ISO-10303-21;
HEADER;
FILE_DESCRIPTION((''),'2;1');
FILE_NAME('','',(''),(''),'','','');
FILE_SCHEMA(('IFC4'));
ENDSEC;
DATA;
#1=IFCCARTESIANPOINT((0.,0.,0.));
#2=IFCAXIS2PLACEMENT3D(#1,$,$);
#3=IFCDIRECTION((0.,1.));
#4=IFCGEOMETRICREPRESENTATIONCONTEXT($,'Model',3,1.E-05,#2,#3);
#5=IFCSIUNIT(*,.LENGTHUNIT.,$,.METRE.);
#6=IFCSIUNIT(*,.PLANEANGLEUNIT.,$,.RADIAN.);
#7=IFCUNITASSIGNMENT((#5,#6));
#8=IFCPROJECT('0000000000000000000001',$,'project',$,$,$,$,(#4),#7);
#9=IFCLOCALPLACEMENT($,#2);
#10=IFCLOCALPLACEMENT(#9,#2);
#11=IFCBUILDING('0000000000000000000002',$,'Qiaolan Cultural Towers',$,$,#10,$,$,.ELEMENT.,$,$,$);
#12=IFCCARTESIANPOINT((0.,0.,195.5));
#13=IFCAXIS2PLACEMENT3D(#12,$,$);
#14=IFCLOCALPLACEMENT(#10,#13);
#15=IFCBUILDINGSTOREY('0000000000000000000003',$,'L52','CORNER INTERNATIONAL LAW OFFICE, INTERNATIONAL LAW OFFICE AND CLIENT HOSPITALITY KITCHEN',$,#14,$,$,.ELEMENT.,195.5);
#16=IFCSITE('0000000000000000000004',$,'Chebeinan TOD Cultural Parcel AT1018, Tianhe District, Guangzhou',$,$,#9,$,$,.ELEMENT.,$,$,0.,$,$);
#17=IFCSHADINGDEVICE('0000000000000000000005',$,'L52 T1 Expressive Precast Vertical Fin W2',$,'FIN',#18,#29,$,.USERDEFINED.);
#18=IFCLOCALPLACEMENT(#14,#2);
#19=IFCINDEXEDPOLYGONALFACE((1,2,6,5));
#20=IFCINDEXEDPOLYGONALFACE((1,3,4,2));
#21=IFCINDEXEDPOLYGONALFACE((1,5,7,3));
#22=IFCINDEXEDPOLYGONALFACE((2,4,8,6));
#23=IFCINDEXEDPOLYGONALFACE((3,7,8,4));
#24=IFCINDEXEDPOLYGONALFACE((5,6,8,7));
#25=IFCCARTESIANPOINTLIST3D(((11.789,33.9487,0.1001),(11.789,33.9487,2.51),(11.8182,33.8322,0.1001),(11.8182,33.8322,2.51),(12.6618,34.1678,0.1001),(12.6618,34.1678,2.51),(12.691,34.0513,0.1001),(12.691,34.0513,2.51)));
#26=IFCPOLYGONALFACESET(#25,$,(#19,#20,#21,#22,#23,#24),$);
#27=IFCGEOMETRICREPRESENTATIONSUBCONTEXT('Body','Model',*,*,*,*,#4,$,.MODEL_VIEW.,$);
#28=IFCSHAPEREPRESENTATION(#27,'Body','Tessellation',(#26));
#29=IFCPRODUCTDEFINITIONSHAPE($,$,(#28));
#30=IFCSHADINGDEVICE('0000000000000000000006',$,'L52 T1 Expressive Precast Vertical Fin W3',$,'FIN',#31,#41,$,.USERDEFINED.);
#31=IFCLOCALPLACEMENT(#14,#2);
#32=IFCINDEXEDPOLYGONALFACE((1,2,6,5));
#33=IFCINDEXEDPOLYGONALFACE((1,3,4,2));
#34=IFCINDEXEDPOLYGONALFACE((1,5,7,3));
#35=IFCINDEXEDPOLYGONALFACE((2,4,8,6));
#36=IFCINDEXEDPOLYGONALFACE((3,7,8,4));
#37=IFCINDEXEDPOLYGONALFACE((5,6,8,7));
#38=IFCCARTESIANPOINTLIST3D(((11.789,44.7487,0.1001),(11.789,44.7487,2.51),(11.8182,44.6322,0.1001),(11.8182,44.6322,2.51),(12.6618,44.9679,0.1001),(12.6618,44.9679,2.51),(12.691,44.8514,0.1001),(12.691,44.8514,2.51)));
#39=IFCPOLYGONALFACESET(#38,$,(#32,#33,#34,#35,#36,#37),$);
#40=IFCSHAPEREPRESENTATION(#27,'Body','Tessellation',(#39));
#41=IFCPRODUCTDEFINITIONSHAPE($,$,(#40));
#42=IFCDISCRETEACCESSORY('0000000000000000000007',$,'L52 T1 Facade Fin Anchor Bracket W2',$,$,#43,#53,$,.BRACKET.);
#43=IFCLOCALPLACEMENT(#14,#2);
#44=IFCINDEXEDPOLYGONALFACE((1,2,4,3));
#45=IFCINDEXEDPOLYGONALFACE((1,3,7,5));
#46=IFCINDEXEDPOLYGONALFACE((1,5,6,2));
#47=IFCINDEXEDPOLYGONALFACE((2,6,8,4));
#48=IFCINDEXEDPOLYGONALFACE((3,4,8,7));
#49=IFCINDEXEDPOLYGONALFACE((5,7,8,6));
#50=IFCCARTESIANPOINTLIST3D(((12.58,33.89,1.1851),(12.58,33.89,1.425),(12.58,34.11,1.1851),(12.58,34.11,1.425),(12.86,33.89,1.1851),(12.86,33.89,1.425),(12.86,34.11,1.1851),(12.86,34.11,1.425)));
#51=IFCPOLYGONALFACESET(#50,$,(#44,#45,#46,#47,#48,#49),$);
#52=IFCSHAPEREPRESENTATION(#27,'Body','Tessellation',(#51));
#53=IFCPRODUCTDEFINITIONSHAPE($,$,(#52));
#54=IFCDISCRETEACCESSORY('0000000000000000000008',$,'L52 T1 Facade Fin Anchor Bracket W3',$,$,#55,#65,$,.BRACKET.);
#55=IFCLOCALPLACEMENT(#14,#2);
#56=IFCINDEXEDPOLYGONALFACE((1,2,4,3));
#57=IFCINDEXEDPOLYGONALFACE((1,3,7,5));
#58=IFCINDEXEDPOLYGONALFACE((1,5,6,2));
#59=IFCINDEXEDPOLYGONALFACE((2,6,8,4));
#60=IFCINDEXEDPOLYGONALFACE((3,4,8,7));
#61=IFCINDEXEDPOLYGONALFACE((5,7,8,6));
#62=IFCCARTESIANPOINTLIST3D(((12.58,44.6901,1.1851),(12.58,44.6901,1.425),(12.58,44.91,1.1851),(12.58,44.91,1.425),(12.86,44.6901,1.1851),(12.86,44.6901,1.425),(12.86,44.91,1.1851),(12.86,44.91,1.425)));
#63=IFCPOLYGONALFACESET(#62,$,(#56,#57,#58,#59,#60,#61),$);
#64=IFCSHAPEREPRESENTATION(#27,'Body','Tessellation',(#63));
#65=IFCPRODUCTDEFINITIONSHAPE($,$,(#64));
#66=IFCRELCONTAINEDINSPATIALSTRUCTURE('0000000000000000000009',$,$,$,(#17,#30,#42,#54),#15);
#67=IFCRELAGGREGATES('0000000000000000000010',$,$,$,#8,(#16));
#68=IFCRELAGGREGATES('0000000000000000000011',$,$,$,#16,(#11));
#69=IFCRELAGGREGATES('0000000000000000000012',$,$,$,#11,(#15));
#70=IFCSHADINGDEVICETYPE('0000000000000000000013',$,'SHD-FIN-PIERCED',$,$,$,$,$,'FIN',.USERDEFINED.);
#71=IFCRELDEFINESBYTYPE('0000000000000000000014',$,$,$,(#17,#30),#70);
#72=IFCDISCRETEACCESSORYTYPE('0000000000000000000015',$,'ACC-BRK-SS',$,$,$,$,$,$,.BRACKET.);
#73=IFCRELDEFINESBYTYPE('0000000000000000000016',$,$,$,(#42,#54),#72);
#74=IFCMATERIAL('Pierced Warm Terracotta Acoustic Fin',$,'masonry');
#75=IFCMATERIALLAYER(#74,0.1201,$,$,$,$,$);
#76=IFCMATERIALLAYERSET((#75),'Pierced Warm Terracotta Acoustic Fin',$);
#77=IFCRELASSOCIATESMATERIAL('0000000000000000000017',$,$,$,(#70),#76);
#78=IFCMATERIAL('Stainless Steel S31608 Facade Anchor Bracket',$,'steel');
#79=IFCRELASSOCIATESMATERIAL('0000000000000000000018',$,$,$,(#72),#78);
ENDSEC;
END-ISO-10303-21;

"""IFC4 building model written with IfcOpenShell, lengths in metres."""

from ifc_helpers import new_model, si_unit, direction, frame, origin, origin_2d, place, context, subcontext, project, spatial, rectangle, extrude, material, layer, layer_set, type_object, element, save


model = new_model("IFC4")

# Units and contexts
model_context = context("Model", 3, precision=1e-05, world=origin(), true_north=direction((0.0, 1.0)))
body_context = subcontext(model_context, "Body", "Model", "MODEL_VIEW")
ifc_project = project(units=[si_unit("LENGTHUNIT", "METRE"), si_unit("PLANEANGLEUNIT", "RADIAN")], contexts=[model_context])

# Site, building, storey
site_placement = place(None, origin())
site = spatial("IfcSite", under=ifc_project, at=site_placement, Name="Chebeinan TOD Cultural Parcel AT1018, Tianhe District, Guangzhou", CompositionType="ELEMENT", RefElevation=0.0)
building_placement = place(site_placement, origin())
building = spatial("IfcBuilding", under=site, at=building_placement, Name="Qiaolan Cultural Towers", CompositionType="ELEMENT")
storey_placement = place(building_placement, frame((0.0, 0.0, 195.5)))
storey = spatial("IfcBuildingStorey", under=building, at=storey_placement, Name="L52", Description="CORNER INTERNATIONAL LAW OFFICE, INTERNATIONAL LAW OFFICE AND CLIENT HOSPITALITY KITCHEN", CompositionType="ELEMENT", Elevation=195.5)

# Shading devices
ifc_material_1 = material(Name="Pierced Warm Terracotta Acoustic Fin", Category="masonry")
ifc_layer_1 = layer(ifc_material_1, 0.1201)
ifc_layer_set_1 = layer_set([ifc_layer_1], Name="Pierced Warm Terracotta Acoustic Fin")
shading_device_type = type_object("IfcShadingDeviceType", Name="SHD-FIN-PIERCED", ElementType="FIN", PredefinedType="USERDEFINED", material=ifc_layer_set_1)
for number, where, z_axis, x_axis, name in (
    (1, (12.24, 34.0, 0.1001), (0.0, 0.0, 1.0), (0.969892, 0.243537, 0.0), "L52 T1 Expressive Precast Vertical Fin W2"),
    (2, (12.24, 44.8, 0.1001), (0.0, 0.0, 1.0), (0.969892, 0.243537, 0.0), "L52 T1 Expressive Precast Vertical Fin W3"),
):
    element("IfcShadingDevice", number, at=place(storey_placement, frame(where, z_axis=z_axis, x_axis=x_axis)), inside=storey, type_object=shading_device_type, Name=name, ObjectType="FIN", PredefinedType="USERDEFINED", context=body_context, shape_type="SweptSolid", body=[
        extrude(rectangle(XDim=0.8999, YDim=0.1201, at=origin_2d()), origin(), (0.0, 0.0, 1.0), 2.4099),
    ])

# Discrete accessories
ifc_material_2 = material(Name="Stainless Steel S31608 Facade Anchor Bracket", Category="steel")
discrete_accessory_type = type_object("IfcDiscreteAccessoryType", Name="ACC-BRK-SS", PredefinedType="BRACKET", material=ifc_material_2)
for number, where, z_axis, x_axis, name in (
    (3, (12.72, 34.0, 1.1851), (0.0, 0.0, 1.0), (1.0, 0.0, 0.0), "L52 T1 Facade Fin Anchor Bracket W2"),
    (4, (12.72, 44.8, 1.1851), (0.0, 0.0, 1.0), (1.0, 0.0, 0.0), "L52 T1 Facade Fin Anchor Bracket W3"),
):
    element("IfcDiscreteAccessory", number, at=place(storey_placement, frame(where, z_axis=z_axis, x_axis=x_axis)), inside=storey, type_object=discrete_accessory_type, Name=name, PredefinedType="BRACKET", context=body_context, shape_type="SweptSolid", body=[
        extrude(rectangle(XDim=0.28, YDim=0.22, at=origin_2d()), origin(), (0.0, 0.0, 1.0), 0.24),
    ])

save(model, "model.ifc")
